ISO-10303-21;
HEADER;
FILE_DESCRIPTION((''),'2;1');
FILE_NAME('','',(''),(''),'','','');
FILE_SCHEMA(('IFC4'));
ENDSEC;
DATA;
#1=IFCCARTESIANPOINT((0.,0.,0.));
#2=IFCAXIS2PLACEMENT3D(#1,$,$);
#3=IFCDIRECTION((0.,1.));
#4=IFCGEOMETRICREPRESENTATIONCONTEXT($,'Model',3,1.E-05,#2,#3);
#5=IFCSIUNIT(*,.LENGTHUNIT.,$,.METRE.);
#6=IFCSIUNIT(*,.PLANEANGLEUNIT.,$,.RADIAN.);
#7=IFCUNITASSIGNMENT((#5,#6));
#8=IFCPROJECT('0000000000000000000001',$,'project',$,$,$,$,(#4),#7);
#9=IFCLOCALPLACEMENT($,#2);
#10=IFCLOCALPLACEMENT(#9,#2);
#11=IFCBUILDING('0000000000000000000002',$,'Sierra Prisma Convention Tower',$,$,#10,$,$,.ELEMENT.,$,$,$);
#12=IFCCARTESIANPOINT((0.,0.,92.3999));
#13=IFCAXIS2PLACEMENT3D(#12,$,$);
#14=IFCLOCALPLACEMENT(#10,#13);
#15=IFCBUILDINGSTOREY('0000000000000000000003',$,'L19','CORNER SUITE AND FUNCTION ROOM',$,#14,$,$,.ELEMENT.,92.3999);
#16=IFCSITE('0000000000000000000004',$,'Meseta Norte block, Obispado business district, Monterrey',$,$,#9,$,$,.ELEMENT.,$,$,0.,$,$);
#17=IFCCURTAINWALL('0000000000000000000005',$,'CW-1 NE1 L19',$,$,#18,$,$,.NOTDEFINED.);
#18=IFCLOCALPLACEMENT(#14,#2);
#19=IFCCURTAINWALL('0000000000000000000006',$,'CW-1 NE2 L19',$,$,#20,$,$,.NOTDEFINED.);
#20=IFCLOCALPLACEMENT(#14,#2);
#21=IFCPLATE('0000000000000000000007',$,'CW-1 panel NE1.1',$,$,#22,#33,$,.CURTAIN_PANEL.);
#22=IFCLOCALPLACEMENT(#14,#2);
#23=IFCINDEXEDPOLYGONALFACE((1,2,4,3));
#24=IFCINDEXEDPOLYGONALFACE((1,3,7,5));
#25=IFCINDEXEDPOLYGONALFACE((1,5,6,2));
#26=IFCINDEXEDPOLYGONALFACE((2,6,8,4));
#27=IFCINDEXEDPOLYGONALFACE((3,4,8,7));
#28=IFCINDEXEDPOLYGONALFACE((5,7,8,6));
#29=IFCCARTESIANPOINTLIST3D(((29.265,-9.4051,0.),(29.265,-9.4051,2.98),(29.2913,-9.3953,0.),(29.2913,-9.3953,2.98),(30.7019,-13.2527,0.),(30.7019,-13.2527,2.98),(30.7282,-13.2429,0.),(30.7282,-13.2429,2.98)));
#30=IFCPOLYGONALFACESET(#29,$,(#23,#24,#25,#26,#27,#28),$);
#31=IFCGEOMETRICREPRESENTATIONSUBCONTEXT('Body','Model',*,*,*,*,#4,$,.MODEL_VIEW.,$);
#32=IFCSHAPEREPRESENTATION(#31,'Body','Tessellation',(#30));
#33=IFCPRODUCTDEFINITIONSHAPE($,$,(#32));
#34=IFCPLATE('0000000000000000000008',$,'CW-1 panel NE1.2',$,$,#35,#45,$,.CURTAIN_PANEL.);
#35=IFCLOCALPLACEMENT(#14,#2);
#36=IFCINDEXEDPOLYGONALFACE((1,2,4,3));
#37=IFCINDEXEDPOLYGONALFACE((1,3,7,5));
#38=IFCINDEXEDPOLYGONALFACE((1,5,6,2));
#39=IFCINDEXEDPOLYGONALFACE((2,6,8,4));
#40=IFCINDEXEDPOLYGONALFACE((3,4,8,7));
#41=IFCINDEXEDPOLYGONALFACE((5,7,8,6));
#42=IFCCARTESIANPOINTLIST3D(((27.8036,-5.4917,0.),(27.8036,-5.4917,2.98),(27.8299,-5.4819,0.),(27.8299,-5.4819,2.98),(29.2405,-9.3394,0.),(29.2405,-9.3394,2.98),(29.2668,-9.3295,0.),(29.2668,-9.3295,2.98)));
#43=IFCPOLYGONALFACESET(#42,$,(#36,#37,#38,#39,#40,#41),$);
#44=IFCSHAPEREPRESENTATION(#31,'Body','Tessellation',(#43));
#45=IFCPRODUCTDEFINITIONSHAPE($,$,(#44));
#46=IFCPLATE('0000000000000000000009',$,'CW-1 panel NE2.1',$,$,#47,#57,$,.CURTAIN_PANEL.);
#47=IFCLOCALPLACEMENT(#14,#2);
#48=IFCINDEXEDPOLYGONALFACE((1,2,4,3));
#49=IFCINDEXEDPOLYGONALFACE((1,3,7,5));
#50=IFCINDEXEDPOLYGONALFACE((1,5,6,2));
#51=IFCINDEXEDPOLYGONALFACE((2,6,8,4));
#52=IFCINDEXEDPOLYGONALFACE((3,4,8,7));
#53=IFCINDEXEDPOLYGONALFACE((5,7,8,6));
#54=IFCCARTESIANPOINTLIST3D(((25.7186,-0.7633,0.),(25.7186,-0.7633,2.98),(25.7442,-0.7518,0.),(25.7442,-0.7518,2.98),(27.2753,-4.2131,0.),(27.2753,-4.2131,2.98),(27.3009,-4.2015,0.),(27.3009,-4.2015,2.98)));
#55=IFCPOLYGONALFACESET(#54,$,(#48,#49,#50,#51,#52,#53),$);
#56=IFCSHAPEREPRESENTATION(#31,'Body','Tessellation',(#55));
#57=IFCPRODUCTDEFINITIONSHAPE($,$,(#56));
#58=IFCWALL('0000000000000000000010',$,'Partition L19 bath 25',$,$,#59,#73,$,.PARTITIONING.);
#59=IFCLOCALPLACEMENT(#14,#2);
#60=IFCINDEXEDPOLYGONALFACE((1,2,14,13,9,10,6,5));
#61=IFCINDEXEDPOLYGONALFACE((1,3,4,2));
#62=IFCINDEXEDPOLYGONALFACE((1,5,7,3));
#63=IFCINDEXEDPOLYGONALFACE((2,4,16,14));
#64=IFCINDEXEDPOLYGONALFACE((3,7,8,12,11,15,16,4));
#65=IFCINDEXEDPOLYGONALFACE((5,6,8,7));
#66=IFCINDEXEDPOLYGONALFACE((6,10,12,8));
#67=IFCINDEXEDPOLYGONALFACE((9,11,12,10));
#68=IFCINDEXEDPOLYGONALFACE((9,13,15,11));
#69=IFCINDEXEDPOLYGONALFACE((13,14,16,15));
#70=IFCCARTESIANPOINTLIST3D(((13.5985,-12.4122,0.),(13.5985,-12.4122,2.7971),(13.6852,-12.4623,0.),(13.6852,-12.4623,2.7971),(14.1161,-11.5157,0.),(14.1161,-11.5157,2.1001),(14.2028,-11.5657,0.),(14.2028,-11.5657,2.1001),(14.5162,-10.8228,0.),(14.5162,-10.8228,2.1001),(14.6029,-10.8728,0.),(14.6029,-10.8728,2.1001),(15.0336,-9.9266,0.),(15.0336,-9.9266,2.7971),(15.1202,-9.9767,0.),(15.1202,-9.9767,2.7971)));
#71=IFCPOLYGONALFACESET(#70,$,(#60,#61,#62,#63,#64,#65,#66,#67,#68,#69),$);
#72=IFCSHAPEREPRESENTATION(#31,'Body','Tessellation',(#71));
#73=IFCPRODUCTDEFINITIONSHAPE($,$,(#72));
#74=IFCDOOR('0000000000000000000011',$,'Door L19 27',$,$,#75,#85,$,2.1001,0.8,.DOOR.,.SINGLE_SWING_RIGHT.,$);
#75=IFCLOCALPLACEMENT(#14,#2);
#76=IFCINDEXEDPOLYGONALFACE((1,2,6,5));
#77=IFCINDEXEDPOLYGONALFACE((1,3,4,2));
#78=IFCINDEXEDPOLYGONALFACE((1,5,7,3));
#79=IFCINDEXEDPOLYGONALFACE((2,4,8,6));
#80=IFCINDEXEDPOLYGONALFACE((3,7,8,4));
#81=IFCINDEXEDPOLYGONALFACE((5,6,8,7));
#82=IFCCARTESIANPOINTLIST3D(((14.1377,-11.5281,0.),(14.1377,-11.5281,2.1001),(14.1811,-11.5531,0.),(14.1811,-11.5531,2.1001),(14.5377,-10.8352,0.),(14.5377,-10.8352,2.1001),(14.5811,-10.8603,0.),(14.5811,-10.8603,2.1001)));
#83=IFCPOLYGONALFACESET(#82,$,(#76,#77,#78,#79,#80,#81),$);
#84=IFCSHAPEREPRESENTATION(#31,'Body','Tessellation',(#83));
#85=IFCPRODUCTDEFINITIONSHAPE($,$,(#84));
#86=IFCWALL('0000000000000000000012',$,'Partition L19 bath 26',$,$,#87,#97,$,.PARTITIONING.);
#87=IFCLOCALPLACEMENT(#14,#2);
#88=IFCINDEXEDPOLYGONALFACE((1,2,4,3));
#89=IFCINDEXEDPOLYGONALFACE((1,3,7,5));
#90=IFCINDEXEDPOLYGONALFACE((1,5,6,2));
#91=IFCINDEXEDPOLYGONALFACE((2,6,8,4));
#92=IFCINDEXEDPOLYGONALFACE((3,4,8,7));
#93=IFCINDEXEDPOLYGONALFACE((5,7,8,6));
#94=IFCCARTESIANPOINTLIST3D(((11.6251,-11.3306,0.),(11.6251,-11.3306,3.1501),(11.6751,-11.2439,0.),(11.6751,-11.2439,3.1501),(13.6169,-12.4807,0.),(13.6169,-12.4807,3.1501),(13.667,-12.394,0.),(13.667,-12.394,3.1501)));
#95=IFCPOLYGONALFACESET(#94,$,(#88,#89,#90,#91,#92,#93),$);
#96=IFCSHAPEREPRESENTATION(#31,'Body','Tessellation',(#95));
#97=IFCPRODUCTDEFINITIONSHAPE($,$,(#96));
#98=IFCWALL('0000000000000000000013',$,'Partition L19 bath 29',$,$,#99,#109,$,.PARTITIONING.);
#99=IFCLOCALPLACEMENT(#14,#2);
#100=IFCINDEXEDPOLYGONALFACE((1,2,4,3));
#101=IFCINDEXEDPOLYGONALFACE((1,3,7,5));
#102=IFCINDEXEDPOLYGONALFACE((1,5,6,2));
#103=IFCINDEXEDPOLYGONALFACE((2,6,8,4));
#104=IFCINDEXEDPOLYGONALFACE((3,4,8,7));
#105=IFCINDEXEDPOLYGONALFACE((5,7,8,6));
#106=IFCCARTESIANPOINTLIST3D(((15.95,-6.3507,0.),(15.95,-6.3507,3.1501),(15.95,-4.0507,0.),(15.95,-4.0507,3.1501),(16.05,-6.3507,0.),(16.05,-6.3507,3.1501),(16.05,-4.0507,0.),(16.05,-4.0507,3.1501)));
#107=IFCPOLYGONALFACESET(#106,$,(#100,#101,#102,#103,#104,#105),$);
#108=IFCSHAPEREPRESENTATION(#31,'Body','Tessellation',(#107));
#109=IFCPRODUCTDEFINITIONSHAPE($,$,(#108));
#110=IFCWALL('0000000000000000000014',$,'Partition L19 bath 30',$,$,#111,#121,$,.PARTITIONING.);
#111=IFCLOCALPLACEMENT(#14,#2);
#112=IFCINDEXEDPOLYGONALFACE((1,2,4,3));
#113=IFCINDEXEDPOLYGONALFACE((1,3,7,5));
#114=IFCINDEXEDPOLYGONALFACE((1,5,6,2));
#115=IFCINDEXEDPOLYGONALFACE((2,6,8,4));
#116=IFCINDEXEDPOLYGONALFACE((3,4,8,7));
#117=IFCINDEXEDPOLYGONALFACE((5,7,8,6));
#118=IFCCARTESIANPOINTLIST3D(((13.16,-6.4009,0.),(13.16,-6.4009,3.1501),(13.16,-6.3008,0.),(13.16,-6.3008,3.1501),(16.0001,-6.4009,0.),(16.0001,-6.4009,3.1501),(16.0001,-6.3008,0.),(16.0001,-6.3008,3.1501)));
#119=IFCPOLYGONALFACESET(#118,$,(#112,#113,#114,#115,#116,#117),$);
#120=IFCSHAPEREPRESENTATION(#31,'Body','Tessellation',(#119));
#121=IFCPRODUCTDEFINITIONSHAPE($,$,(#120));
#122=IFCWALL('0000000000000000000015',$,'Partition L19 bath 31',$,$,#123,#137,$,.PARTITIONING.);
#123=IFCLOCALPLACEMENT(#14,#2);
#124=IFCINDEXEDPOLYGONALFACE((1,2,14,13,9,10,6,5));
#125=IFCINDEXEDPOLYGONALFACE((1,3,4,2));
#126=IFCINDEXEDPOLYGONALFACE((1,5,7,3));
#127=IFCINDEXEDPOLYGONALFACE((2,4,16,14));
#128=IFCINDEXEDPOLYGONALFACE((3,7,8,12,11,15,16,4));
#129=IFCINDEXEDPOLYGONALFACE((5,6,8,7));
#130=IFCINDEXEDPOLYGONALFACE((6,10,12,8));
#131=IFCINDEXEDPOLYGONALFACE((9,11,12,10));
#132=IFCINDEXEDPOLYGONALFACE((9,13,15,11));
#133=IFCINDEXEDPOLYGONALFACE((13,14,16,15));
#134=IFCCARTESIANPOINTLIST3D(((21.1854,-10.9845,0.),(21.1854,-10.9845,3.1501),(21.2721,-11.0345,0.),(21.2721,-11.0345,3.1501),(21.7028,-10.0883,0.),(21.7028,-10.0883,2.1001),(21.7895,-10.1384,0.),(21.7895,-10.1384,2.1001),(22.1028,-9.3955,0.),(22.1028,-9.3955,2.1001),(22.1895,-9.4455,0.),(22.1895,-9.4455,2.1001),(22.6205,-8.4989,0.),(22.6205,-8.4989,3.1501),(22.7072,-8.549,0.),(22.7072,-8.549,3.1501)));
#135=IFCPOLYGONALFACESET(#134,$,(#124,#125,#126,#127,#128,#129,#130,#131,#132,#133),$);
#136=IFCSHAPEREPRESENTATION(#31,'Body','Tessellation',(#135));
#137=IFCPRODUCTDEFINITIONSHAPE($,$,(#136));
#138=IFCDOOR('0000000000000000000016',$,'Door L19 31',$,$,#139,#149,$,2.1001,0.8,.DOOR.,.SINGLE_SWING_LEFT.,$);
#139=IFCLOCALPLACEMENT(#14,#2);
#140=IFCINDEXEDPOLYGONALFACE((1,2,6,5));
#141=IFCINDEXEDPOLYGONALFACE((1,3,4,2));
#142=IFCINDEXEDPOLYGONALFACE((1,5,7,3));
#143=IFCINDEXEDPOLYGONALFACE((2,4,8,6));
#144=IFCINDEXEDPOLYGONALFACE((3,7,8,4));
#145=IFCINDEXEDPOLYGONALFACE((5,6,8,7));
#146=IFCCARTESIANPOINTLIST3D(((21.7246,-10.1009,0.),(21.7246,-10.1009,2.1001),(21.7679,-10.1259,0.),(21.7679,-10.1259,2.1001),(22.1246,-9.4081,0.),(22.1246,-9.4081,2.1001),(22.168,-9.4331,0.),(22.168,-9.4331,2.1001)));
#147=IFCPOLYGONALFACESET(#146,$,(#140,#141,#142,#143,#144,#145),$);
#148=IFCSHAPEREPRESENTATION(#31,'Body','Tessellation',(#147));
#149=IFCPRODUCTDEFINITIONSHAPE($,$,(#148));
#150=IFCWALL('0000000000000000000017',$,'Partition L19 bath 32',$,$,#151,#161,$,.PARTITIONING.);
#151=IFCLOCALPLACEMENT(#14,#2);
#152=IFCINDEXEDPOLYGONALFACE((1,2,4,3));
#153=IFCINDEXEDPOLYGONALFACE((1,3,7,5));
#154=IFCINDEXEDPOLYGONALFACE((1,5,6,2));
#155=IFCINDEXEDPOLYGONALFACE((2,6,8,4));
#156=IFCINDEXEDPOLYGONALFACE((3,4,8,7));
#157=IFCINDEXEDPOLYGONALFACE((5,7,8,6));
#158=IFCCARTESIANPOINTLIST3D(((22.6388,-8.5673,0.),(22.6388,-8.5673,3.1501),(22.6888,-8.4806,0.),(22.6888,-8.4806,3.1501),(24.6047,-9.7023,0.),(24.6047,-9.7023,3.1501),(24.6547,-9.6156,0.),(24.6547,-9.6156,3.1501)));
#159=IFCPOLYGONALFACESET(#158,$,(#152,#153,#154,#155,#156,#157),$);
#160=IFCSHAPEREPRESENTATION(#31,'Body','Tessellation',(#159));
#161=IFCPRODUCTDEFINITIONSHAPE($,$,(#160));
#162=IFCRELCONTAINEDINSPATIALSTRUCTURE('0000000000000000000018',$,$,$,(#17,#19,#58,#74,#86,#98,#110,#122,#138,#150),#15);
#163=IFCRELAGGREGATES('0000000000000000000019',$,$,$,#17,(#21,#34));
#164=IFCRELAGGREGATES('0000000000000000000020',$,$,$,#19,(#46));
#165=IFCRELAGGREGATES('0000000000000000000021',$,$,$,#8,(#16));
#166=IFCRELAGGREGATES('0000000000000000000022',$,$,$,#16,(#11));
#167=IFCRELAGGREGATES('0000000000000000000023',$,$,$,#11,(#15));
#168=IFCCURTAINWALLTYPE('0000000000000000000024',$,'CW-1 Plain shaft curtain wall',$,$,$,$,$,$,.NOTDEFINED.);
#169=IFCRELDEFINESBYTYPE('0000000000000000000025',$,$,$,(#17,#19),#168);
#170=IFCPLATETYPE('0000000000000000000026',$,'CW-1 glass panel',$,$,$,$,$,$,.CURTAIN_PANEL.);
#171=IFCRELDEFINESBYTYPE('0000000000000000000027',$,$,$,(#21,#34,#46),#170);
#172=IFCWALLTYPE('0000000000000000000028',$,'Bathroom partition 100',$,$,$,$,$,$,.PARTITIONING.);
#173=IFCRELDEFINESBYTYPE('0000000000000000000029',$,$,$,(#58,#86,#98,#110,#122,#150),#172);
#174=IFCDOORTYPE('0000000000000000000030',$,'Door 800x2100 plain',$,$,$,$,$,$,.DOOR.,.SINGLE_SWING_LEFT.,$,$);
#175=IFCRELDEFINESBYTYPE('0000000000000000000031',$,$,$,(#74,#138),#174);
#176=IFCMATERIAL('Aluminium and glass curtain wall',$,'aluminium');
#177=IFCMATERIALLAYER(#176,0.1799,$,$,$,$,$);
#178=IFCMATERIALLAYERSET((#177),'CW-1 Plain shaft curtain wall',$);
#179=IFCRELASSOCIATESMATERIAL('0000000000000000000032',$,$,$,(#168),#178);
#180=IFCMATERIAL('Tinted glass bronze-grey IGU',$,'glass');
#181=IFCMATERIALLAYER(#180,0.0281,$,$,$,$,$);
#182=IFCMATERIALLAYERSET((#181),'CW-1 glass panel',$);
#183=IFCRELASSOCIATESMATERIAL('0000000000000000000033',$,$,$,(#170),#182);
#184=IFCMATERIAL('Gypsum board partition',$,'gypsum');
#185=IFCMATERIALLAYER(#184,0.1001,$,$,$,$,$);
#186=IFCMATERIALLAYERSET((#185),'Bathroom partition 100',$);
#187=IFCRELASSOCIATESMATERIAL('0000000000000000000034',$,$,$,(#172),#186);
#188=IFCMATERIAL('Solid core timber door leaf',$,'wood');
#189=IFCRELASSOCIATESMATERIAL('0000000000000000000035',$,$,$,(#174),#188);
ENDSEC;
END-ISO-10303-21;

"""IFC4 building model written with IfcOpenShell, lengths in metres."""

from ifc_helpers import new_model, si_unit, direction, frame, frame_2d, origin, origin_2d, place, context, subcontext, project, spatial, rectangle, extrude, material, layer, layer_set, type_object, element, fill, aggregate, save


model = new_model("IFC4")

# Units and contexts
model_context = context("Model", 3, precision=1e-05, world=origin(), true_north=direction((0.0, 1.0)))
body_context = subcontext(model_context, "Body", "Model", "MODEL_VIEW")
ifc_project = project(units=[si_unit("LENGTHUNIT", "METRE"), si_unit("PLANEANGLEUNIT", "RADIAN")], contexts=[model_context])

# Site, building, storey
site_placement = place(None, origin())
site = spatial("IfcSite", under=ifc_project, at=site_placement, Name="Meseta Norte block, Obispado business district, Monterrey", CompositionType="ELEMENT", RefElevation=0.0)
building_placement = place(site_placement, origin())
building = spatial("IfcBuilding", under=site, at=building_placement, Name="Sierra Prisma Convention Tower", CompositionType="ELEMENT")
storey_placement = place(building_placement, frame((0.0, 0.0, 92.3999)))
storey = spatial("IfcBuildingStorey", under=building, at=storey_placement, Name="L19", Description="CORNER SUITE AND FUNCTION ROOM", CompositionType="ELEMENT", Elevation=92.3999)

# Curtain wall
ifc_material_1 = material(Name="Aluminium and glass curtain wall", Category="aluminium")
ifc_layer_1 = layer(ifc_material_1, 0.1799)
ifc_layer_set_1 = layer_set([ifc_layer_1], Name="CW-1 Plain shaft curtain wall")
curtain_wall_type = type_object("IfcCurtainWallType", Name="CW-1 Plain shaft curtain wall", PredefinedType="NOTDEFINED", material=ifc_layer_set_1)
curtain_wall_1_placement = place(storey_placement, origin())
curtain_wall_1 = element("IfcCurtainWall", 1, at=curtain_wall_1_placement, inside=storey, type_object=curtain_wall_type, Name="CW-1 NE1 L19", PredefinedType="NOTDEFINED")

# Curtain wall
curtain_wall_2_placement = place(storey_placement, origin())
curtain_wall_2 = element("IfcCurtainWall", 2, at=curtain_wall_2_placement, inside=storey, type_object=curtain_wall_type, Name="CW-1 NE2 L19", PredefinedType="NOTDEFINED")

# Shared definitions
ifc_material_2 = material(Name="Tinted glass bronze-grey IGU", Category="glass")
ifc_layer_2 = layer(ifc_material_2, 0.0281)
ifc_layer_set_2 = layer_set([ifc_layer_2], Name="CW-1 glass panel")
plate_type = type_object("IfcPlateType", Name="CW-1 glass panel", PredefinedType="CURTAIN_PANEL", material=ifc_layer_set_2)

# Plates
plate_1_placement = place(storey_placement, frame((29.9966, -11.324, 0.0), z_axis=(0.0, 0.0, 1.0), x_axis=(-0.349852, 0.936805, 0.0)))
plate_1 = element("IfcPlate", 3, at=plate_1_placement, type_object=plate_type, Name="CW-1 panel NE1.1", PredefinedType="CURTAIN_PANEL", context=body_context, shape_type="SweptSolid", body=[
    extrude(rectangle(XDim=4.1072, YDim=0.0281, at=origin_2d()), origin(), (0.0, 0.0, 1.0), 2.98),
])
plate_2_placement = place(storey_placement, frame((28.5352, -7.4106, 0.0), z_axis=(0.0, 0.0, 1.0), x_axis=(-0.349852, 0.936805, 0.0)))
plate_2 = element("IfcPlate", 4, at=plate_2_placement, type_object=plate_type, Name="CW-1 panel NE1.2", PredefinedType="CURTAIN_PANEL", context=body_context, shape_type="SweptSolid", body=[
    extrude(rectangle(XDim=4.1072, YDim=0.0281, at=origin_2d()), origin(), (0.0, 0.0, 1.0), 2.98),
])
aggregate(curtain_wall_1, [plate_1, plate_2])
plate_3_placement = place(storey_placement, frame((26.5098, -2.4824, 0.0), z_axis=(0.0, 0.0, 1.0), x_axis=(-0.411307, 0.911497, 0.0)))
plate_3 = element("IfcPlate", 5, at=plate_3_placement, type_object=plate_type, Name="CW-1 panel NE2.1", PredefinedType="CURTAIN_PANEL", context=body_context, shape_type="SweptSolid", body=[
    extrude(rectangle(XDim=3.7847, YDim=0.0281, at=origin_2d()), origin(), (0.0, 0.0, 1.0), 2.98),
])
aggregate(curtain_wall_2, [plate_3])

# Wall, opening, door
ifc_material_3 = material(Name="Gypsum board partition", Category="gypsum")
ifc_layer_3 = layer(ifc_material_3, 0.1001)
ifc_layer_set_3 = layer_set([ifc_layer_3], Name="Bathroom partition 100")
wall_type_1 = type_object("IfcWallType", Name="Bathroom partition 100", PredefinedType="PARTITIONING", material=ifc_layer_set_3)
wall_1_placement = place(storey_placement, frame((15.0769, -9.9517, 0.0), z_axis=(0.0, 0.0, 1.0), x_axis=(-0.5, -0.866026, 0.0)))
wall_1 = element("IfcWall", 6, at=wall_1_placement, inside=storey, type_object=wall_type_1, Name="Partition L19 bath 25", PredefinedType="PARTITIONING", context=body_context, shape_type="SweptSolid", body=[
    extrude(rectangle(XDim=2.8701, YDim=0.1001, at=frame_2d((1.4351, 0.0))), origin(), (0.0, 0.0, 1.0), 2.7971),
])
opening_1_placement = place(wall_1_placement, frame((1.0349, 0.0, 0.0)))
opening_1 = element("IfcOpeningElement", 7, at=opening_1_placement, cuts=wall_1, PredefinedType="OPENING", context=body_context, shape_type="SweptSolid", body=[
    extrude(rectangle(XDim=0.8, YDim=2.1001, at=frame_2d((0.3999, 1.05))), frame((0.0, 0.05, 0.0), z_axis=(0.0, -1.0, 0.0), x_axis=(1.0, 0.0, 0.0)), (0.0, 0.0, 1.0), 0.1001),
])
ifc_material_4 = material(Name="Solid core timber door leaf", Category="wood")
door_type_1 = type_object("IfcDoorType", Name="Door 800x2100 plain", OperationType="SINGLE_SWING_LEFT", PredefinedType="DOOR", material=ifc_material_4)
door_1_placement = place(opening_1_placement, origin())
door_1 = element("IfcDoor", 8, at=door_1_placement, inside=storey, type_object=door_type_1, Name="Door L19 27", OperationType="SINGLE_SWING_RIGHT", OverallHeight=2.1001, OverallWidth=0.8, PredefinedType="DOOR", context=body_context, shape_type="SweptSolid", body=[
    extrude(rectangle(XDim=0.8, YDim=2.1001, at=frame_2d((0.3999, 1.05))), frame((0.0, 0.0249, 0.0), z_axis=(0.0, -1.0, 0.0), x_axis=(1.0, 0.0, 0.0)), (0.0, 0.0, 1.0), 0.05),
])
fill(opening_1, door_1)

# Walls
for number, where, z_axis, x_axis, name in (
    (9, (13.6418, -12.4373, 0.0), (0.0, 0.0, 1.0), (-0.866007, 0.500032, 0.0), "Partition L19 bath 26"),
    (10, (16.0, -4.0508, 0.0), (0.0, 0.0, 1.0), (0.0, -1.0, 0.0), "Partition L19 bath 29"),
):
    element("IfcWall", number, at=place(storey_placement, frame(where, z_axis=z_axis, x_axis=x_axis)), inside=storey, type_object=wall_type_1, Name=name, PredefinedType="PARTITIONING", context=body_context, shape_type="SweptSolid", body=[
        extrude(rectangle(XDim=2.3, YDim=0.1001, at=frame_2d((1.1499, 0.0))), origin(), (0.0, 0.0, 1.0), 3.1501),
    ])
wall_2_placement = place(storey_placement, frame((16.0, -6.3508, 0.0), z_axis=(0.0, 0.0, 1.0), x_axis=(-1.0, 0.0, 0.0)))
element("IfcWall", 11, at=wall_2_placement, inside=storey, type_object=wall_type_1, Name="Partition L19 bath 30", PredefinedType="PARTITIONING", context=body_context, shape_type="SweptSolid", body=[
    extrude(rectangle(XDim=2.8401, YDim=0.1001, at=frame_2d((1.4199, 0.0))), origin(), (0.0, 0.0, 1.0), 3.1501),
])

# Wall, opening, door
wall_3_placement = place(storey_placement, frame((21.2288, -11.0095, 0.0), z_axis=(0.0, 0.0, 1.0), x_axis=(0.5, 0.866026, 0.0)))
wall_3 = element("IfcWall", 12, at=wall_3_placement, inside=storey, type_object=wall_type_1, Name="Partition L19 bath 31", PredefinedType="PARTITIONING", context=body_context, shape_type="SweptSolid", body=[
    extrude(rectangle(XDim=2.8701, YDim=0.1001, at=frame_2d((1.4351, 0.0))), origin(), (0.0, 0.0, 1.0), 3.1501),
])
opening_2_placement = place(wall_3_placement, frame((1.0349, 0.0, 0.0)))
opening_2 = element("IfcOpeningElement", 13, at=opening_2_placement, cuts=wall_3, PredefinedType="OPENING", context=body_context, shape_type="SweptSolid", body=[
    extrude(rectangle(XDim=0.8, YDim=2.1001, at=frame_2d((0.3999, 1.05))), frame((0.0, 0.05, 0.0), z_axis=(0.0, -1.0, 0.0), x_axis=(1.0, 0.0, 0.0)), (0.0, 0.0, 1.0), 0.1001),
])
door_2_placement = place(opening_2_placement, origin())
door_2 = element("IfcDoor", 14, at=door_2_placement, inside=storey, type_object=door_type_1, Name="Door L19 31", OperationType="SINGLE_SWING_LEFT", OverallHeight=2.1001, OverallWidth=0.8, PredefinedType="DOOR", context=body_context, shape_type="SweptSolid", body=[
    extrude(rectangle(XDim=0.8, YDim=2.1001, at=frame_2d((0.3999, 1.05))), frame((0.0, 0.0249, 0.0), z_axis=(0.0, -1.0, 0.0), x_axis=(1.0, 0.0, 0.0)), (0.0, 0.0, 1.0), 0.05),
])
fill(opening_2, door_2)

# Wall
wall_4_placement = place(storey_placement, frame((22.6638, -8.5239, 0.0), z_axis=(0.0, 0.0, 1.0), x_axis=(0.866017, -0.500014, 0.0)))
element("IfcWall", 15, at=wall_4_placement, inside=storey, type_object=wall_type_1, Name="Partition L19 bath 32", PredefinedType="PARTITIONING", context=body_context, shape_type="SweptSolid", body=[
    extrude(rectangle(XDim=2.27, YDim=0.1001, at=frame_2d((1.135, 0.0))), origin(), (0.0, 0.0, 1.0), 3.1501),
])

save(model, "model.ifc")
